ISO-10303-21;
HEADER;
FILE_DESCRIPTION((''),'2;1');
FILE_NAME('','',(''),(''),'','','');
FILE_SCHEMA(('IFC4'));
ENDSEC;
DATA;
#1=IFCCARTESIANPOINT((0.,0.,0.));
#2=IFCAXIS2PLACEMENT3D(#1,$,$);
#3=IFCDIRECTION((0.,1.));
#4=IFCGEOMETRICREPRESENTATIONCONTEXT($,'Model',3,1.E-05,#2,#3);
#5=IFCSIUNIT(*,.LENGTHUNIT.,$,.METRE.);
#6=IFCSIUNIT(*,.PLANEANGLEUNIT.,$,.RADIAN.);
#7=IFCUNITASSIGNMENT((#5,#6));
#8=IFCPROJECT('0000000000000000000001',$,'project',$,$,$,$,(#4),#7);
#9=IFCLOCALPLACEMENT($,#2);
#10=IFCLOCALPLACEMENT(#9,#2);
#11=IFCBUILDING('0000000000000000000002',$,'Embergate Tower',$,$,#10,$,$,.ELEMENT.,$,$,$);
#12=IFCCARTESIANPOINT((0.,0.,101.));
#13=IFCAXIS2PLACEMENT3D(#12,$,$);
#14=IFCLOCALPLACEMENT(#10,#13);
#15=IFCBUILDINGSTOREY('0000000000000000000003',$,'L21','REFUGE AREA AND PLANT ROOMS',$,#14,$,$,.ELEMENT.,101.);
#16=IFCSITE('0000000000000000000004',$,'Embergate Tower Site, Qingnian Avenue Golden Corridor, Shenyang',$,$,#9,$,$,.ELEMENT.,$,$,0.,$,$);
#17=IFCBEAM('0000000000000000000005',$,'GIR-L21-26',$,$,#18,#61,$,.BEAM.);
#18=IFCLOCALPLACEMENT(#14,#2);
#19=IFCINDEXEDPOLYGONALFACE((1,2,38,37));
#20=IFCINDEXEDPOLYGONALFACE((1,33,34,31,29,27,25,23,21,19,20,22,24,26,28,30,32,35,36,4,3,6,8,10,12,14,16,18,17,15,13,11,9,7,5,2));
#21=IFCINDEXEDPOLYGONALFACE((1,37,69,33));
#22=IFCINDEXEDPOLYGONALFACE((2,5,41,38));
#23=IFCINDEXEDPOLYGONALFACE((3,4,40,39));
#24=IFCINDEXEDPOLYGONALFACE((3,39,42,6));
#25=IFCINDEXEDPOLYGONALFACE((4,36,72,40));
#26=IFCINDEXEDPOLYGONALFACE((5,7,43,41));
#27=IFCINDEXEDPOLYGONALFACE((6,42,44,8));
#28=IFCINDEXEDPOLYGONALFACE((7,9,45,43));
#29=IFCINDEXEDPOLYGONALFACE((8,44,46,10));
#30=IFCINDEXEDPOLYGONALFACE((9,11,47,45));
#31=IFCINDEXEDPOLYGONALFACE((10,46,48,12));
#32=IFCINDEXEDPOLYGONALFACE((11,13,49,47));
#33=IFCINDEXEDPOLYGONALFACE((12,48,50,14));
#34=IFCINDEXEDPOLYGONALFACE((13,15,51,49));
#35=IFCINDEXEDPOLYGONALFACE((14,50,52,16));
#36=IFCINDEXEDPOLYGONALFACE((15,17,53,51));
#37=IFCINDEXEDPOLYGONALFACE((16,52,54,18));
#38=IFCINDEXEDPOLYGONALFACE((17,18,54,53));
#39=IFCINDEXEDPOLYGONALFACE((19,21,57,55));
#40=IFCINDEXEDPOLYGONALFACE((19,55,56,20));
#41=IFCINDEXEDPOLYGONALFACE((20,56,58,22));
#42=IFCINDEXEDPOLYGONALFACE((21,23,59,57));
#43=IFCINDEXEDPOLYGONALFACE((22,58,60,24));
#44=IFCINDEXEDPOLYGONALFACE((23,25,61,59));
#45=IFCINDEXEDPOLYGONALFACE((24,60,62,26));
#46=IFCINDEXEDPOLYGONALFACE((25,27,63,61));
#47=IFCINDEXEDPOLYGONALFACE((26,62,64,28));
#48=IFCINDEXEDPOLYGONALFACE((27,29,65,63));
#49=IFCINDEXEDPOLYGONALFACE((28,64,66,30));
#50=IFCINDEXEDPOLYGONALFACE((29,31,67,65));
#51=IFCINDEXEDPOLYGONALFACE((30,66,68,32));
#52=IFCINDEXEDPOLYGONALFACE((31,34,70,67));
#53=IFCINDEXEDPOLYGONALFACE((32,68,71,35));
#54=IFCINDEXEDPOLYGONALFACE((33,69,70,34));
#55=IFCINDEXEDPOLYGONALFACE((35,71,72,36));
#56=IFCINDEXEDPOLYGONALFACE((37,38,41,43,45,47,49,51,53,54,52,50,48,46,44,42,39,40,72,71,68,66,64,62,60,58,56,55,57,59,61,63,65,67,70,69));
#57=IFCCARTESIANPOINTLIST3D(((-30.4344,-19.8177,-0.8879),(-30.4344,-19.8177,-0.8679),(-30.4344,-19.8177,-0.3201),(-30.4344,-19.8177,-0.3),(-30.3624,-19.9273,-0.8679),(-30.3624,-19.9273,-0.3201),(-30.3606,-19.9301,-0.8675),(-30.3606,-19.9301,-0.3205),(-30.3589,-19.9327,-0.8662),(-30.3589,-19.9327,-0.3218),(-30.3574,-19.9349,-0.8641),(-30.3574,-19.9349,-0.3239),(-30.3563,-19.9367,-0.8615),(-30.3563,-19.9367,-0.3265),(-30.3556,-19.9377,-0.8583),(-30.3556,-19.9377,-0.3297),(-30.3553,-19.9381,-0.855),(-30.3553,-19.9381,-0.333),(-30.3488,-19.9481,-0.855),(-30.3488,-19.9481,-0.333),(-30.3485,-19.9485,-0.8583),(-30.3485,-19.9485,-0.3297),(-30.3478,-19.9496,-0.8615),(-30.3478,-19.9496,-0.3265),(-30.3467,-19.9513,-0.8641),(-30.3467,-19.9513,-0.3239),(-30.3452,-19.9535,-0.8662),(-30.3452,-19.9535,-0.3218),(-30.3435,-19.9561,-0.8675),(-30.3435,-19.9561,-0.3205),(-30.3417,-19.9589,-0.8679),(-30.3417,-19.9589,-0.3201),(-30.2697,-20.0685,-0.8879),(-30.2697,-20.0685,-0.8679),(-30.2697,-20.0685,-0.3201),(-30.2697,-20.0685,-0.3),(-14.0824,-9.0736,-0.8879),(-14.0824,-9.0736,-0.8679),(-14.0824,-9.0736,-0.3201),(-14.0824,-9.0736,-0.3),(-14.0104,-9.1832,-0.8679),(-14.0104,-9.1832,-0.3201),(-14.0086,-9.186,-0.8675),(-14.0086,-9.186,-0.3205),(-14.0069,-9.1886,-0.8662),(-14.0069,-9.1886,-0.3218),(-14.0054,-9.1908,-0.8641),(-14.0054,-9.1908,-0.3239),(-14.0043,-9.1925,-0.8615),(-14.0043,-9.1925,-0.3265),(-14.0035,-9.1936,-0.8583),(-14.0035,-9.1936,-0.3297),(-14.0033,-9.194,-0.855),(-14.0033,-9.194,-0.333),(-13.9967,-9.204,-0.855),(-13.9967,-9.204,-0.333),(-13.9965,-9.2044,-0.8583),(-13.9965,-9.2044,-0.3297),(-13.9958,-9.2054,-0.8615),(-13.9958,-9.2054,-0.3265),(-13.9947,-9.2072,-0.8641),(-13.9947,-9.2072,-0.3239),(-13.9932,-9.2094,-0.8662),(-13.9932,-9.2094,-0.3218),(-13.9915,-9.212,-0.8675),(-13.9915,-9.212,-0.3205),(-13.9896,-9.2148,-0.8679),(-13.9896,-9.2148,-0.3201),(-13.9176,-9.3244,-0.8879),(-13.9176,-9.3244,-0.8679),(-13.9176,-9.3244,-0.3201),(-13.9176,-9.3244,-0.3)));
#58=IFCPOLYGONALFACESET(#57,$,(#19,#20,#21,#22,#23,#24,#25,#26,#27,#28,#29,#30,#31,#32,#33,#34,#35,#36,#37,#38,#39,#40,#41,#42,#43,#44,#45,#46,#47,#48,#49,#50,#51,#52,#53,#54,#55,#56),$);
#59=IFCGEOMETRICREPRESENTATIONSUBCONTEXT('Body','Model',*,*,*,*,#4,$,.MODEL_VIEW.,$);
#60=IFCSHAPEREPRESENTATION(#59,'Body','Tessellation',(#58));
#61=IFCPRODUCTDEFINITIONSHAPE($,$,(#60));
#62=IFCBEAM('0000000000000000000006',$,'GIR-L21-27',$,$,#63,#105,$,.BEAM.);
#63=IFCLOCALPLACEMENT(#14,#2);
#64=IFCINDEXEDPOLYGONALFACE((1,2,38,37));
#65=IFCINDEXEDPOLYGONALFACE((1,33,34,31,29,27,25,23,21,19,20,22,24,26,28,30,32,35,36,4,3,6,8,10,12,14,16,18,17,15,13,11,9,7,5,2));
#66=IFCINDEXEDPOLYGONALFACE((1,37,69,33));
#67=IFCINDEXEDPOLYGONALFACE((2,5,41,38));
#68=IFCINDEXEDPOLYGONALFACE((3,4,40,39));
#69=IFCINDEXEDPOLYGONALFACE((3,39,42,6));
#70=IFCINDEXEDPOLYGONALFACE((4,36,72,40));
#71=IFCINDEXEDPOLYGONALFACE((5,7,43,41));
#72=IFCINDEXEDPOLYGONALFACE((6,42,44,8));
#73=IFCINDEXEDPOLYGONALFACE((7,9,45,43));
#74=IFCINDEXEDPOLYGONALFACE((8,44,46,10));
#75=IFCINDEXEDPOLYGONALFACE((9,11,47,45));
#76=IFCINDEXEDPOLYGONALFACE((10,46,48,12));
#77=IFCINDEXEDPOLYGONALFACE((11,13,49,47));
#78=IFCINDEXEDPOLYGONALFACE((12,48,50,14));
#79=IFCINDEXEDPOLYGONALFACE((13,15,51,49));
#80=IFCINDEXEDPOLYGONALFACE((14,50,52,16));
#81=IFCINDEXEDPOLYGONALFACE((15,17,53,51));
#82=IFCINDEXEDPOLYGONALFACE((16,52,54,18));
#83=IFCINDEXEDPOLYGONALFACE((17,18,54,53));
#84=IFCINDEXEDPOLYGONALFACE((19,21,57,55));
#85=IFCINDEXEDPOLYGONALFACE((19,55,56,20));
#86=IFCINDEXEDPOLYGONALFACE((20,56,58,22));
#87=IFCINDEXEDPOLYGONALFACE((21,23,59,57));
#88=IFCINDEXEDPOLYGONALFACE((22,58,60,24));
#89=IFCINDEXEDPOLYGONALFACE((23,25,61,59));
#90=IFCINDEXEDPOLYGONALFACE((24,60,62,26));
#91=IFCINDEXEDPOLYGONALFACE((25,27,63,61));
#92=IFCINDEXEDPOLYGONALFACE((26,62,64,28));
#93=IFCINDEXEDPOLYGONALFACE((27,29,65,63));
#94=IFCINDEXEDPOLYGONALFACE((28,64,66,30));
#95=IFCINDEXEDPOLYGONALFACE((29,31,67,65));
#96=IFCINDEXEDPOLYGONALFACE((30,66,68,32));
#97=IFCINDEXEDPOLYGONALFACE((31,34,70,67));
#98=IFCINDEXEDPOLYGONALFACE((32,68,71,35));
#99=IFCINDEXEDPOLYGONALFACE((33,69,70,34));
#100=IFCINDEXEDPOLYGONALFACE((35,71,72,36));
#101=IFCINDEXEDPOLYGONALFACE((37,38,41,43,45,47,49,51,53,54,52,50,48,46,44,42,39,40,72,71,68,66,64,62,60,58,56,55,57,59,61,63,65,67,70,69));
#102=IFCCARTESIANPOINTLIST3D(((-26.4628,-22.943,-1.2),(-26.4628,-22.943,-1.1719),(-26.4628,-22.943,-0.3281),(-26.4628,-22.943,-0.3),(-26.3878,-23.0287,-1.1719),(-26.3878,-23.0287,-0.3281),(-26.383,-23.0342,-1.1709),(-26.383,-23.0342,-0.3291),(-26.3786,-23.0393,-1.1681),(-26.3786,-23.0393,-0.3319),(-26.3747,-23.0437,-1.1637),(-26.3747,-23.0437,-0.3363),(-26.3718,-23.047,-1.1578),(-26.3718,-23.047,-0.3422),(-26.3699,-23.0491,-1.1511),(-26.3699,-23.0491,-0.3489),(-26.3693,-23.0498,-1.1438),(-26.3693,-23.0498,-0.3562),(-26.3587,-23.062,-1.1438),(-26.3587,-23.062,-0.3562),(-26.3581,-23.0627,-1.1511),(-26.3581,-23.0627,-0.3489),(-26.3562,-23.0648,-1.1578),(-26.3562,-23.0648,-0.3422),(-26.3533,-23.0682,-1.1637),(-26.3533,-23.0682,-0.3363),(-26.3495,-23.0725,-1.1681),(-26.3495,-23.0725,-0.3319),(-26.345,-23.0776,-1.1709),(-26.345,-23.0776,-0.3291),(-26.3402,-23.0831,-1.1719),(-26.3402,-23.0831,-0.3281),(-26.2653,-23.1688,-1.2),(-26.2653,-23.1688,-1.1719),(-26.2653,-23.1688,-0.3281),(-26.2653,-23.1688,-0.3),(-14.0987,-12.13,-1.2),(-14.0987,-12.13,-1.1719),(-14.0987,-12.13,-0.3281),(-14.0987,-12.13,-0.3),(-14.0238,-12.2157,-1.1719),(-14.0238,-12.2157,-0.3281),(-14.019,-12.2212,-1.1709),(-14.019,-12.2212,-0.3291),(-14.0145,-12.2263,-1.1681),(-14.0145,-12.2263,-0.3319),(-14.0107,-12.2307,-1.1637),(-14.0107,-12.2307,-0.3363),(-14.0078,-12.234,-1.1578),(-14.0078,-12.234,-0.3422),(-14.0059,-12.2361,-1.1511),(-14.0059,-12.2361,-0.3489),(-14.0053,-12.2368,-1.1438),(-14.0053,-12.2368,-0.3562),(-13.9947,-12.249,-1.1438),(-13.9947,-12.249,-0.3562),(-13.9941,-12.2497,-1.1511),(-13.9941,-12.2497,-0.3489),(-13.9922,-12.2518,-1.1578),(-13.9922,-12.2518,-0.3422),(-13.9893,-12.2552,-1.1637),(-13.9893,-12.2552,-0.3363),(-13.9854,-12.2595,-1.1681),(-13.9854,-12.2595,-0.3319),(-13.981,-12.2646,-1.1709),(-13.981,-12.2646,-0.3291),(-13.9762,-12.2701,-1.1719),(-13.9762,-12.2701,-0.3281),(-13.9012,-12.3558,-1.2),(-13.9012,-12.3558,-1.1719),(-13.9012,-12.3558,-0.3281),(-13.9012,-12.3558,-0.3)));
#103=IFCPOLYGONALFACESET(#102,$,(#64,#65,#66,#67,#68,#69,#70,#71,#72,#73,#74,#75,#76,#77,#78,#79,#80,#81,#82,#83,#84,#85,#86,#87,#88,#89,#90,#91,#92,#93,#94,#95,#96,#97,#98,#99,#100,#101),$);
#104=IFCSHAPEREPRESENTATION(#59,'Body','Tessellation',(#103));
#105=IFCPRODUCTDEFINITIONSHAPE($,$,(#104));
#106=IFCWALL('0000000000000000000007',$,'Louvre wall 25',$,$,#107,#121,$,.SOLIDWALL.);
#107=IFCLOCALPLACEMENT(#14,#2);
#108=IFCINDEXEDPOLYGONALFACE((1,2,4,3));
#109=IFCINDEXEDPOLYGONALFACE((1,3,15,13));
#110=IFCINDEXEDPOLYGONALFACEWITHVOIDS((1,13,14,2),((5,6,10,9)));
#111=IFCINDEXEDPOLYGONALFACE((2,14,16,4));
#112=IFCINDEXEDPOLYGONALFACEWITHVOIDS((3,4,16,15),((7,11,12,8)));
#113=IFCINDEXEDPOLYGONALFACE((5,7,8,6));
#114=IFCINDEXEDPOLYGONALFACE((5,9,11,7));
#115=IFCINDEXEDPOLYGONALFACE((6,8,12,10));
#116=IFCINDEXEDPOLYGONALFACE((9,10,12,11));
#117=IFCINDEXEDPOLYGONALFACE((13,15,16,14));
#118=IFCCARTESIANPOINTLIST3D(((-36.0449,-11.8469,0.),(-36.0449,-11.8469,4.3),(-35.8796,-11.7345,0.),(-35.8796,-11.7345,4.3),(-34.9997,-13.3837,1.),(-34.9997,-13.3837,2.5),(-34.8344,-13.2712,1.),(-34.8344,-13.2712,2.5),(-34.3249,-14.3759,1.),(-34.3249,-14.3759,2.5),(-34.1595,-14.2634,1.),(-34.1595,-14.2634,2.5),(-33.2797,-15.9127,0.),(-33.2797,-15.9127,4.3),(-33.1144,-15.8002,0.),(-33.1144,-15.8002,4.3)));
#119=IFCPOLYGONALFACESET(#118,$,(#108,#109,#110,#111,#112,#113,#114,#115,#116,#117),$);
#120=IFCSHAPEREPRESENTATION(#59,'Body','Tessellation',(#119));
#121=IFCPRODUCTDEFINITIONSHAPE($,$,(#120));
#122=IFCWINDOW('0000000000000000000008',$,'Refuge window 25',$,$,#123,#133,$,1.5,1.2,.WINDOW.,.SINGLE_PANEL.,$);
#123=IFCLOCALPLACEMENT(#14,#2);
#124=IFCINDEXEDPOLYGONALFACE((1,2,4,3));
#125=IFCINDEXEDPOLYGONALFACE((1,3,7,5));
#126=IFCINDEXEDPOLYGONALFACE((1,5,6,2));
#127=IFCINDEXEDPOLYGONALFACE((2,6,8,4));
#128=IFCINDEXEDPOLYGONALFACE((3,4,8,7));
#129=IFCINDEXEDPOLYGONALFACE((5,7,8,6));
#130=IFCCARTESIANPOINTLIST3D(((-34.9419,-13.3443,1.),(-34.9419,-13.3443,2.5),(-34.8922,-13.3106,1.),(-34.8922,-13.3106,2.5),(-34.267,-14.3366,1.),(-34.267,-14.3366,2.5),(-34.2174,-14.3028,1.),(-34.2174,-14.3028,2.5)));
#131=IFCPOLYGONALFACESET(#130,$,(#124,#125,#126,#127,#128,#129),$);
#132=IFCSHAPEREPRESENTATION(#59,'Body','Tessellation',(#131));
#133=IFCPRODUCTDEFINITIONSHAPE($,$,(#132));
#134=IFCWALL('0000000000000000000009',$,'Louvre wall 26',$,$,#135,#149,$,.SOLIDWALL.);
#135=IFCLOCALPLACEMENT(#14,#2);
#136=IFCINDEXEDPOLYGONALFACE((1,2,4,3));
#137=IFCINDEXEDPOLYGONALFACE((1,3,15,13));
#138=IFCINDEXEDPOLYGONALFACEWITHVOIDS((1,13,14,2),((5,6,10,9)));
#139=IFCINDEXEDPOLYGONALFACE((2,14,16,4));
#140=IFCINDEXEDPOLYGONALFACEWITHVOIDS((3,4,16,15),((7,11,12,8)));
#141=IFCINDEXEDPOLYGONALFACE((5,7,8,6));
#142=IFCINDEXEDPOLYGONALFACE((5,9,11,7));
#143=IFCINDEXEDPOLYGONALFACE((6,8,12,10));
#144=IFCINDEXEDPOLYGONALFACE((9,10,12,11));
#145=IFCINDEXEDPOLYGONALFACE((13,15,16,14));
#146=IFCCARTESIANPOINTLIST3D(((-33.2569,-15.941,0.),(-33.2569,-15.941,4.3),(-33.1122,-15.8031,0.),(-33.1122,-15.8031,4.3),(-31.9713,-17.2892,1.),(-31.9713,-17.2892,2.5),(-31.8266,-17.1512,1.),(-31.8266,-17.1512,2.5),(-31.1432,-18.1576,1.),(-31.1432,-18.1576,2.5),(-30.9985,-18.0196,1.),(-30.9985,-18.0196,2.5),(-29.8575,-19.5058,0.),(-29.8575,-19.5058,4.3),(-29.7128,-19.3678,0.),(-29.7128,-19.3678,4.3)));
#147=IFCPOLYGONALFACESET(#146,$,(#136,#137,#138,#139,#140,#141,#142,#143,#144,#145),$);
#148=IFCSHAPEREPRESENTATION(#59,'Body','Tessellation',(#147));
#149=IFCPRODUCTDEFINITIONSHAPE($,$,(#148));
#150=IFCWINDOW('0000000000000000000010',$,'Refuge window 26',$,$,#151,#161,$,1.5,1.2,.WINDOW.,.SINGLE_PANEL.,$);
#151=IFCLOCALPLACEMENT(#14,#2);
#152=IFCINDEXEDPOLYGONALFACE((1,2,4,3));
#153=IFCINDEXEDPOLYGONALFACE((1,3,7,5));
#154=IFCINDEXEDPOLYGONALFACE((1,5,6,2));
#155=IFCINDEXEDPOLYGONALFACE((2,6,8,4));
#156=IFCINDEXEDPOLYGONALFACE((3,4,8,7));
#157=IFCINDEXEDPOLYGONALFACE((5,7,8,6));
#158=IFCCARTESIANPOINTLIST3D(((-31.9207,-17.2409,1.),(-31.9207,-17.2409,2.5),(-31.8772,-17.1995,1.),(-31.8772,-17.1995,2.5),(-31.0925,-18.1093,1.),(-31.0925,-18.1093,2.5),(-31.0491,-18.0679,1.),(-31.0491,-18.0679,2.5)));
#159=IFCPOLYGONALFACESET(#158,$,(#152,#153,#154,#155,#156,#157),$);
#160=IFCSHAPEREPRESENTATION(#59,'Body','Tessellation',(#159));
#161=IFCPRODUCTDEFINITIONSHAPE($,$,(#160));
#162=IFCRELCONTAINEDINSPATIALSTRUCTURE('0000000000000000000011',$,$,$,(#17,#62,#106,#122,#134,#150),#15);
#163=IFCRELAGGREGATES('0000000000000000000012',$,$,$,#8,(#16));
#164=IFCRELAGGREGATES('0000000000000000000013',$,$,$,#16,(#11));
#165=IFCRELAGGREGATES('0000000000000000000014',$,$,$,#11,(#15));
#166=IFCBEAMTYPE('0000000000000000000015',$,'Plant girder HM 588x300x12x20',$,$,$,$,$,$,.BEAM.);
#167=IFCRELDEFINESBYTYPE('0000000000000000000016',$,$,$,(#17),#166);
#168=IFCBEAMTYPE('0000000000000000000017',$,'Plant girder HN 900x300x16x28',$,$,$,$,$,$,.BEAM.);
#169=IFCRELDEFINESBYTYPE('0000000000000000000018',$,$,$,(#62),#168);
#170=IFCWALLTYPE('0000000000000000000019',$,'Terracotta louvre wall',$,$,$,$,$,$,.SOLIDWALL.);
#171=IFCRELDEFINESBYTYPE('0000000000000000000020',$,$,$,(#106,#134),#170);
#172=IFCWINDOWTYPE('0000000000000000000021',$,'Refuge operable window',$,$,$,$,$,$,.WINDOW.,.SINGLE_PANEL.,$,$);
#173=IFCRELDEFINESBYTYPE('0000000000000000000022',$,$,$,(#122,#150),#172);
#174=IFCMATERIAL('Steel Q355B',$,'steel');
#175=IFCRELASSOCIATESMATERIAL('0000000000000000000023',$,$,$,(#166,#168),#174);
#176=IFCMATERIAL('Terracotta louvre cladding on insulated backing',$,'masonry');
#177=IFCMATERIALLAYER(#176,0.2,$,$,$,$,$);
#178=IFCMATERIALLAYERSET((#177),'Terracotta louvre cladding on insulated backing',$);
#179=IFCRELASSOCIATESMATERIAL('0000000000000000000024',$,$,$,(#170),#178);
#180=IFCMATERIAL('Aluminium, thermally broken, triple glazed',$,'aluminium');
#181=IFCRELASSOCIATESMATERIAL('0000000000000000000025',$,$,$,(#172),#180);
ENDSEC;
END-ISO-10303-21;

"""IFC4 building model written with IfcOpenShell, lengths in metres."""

from ifc_helpers import new_model, si_unit, direction, frame, frame_2d, origin, origin_2d, place, context, subcontext, project, spatial, rectangle, i_section, extrude, source, transform, mapped, material, layer, layer_set, material_profile, profile_set, type_object, element, fill, save


model = new_model("IFC4")

# Units and contexts
model_context = context("Model", 3, precision=1e-05, world=origin(), true_north=direction((0.0, 1.0)))
body_context = subcontext(model_context, "Body", "Model", "MODEL_VIEW")
ifc_project = project(units=[si_unit("LENGTHUNIT", "METRE"), si_unit("PLANEANGLEUNIT", "RADIAN")], contexts=[model_context])

# Site, building, storey
site_placement = place(None, origin())
site = spatial("IfcSite", under=ifc_project, at=site_placement, Name="Embergate Tower Site, Qingnian Avenue Golden Corridor, Shenyang", CompositionType="ELEMENT", RefElevation=0.0)
building_placement = place(site_placement, origin())
building = spatial("IfcBuilding", under=site, at=building_placement, Name="Embergate Tower", CompositionType="ELEMENT")
storey_placement = place(building_placement, frame((0.0, 0.0, 101.0)))
storey = spatial("IfcBuildingStorey", under=building, at=storey_placement, Name="L21", Description="REFUGE AREA AND PLANT ROOMS", CompositionType="ELEMENT", Elevation=101.0)

# Beams
ifc_material_1 = material(Name="Steel Q355B", Category="steel")
ifc_material_profile_1 = material_profile(ifc_material_1, i_section(OverallWidth=0.3, OverallDepth=0.5879, WebThickness=0.012, FlangeThickness=0.02, FilletRadius=0.0129, at=origin_2d()), Name="HM 588x300x12x20")
ifc_profile_set_1 = profile_set([ifc_material_profile_1], Name="Steel Q355 grade B")
beam_type_1 = type_object("IfcBeamType", Name="Plant girder HM 588x300x12x20", PredefinedType="BEAM", material=ifc_profile_set_1)
shared_shape_1 = source(origin(), body_context, "Body", "SweptSolid", [
    extrude(i_section(OverallWidth=0.3, OverallDepth=0.5879, WebThickness=0.012, FlangeThickness=0.02, FilletRadius=0.0129, at=origin_2d()), origin(), (0.0, 0.0, 1.0), 19.5659),
])
beam_1_placement = place(storey_placement, frame((-30.3521, -19.9431, -0.594), z_axis=(0.83574, 0.549125, 0.0), x_axis=(-0.549125, 0.83574, 0.0)))
element("IfcBeam", 1, at=beam_1_placement, inside=storey, type_object=beam_type_1, Name="GIR-L21-26", PredefinedType="BEAM", context=body_context, shape_type="MappedRepresentation", body=[
    mapped(shared_shape_1, transform((0.0, 0.0, 0.0))),
])
ifc_material_profile_2 = material_profile(ifc_material_1, i_section(OverallWidth=0.3, OverallDepth=0.8999, WebThickness=0.0161, FlangeThickness=0.0281, FilletRadius=0.0281, at=origin_2d()), Name="HN 900x300x16x28")
ifc_profile_set_2 = profile_set([ifc_material_profile_2], Name="Steel Q355 grade B")
beam_type_2 = type_object("IfcBeamType", Name="Plant girder HN 900x300x16x28", PredefinedType="BEAM", material=ifc_profile_set_2)
shared_shape_2 = source(origin(), body_context, "Body", "SweptSolid", [
    extrude(i_section(OverallWidth=0.3, OverallDepth=0.8999, WebThickness=0.0161, FlangeThickness=0.0281, FilletRadius=0.0281, at=origin_2d()), origin(), (0.0, 0.0, 1.0), 16.4253),
])
beam_2_placement = place(storey_placement, frame((-26.364, -23.0559, -0.75), z_axis=(0.752743, 0.658314, 0.0), x_axis=(-0.658314, 0.752743, 0.0)))
element("IfcBeam", 2, at=beam_2_placement, inside=storey, type_object=beam_type_2, Name="GIR-L21-27", PredefinedType="BEAM", context=body_context, shape_type="MappedRepresentation", body=[
    mapped(shared_shape_2, transform((0.0, 0.0, 0.0))),
])

# Walls, openings, windows
ifc_material_2 = material(Name="Terracotta louvre cladding on insulated backing", Category="masonry")
ifc_layer_1 = layer(ifc_material_2, 0.2)
ifc_layer_set_1 = layer_set([ifc_layer_1], Name="Terracotta louvre cladding on insulated backing")
wall_type_1 = type_object("IfcWallType", Name="Terracotta louvre wall", PredefinedType="SOLIDWALL", material=ifc_layer_set_1)
shared_shape_3 = source(origin(), body_context, "Body", "SweptSolid", [
    extrude(rectangle(XDim=4.917, YDim=0.2, at=frame_2d((2.4585, 0.0))), origin(), (0.0, 0.0, 1.0), 4.3),
])
wall_1_placement = place(storey_placement, frame((-33.197, -15.8564, 0.0), z_axis=(0.0, 0.0, 1.0), x_axis=(-0.562377, 0.826881, 0.0)))
wall_1 = element("IfcWall", 3, at=wall_1_placement, inside=storey, type_object=wall_type_1, Name="Louvre wall 25", PredefinedType="SOLIDWALL", context=body_context, shape_type="MappedRepresentation", body=[
    mapped(shared_shape_3, transform((0.0, 0.0, 0.0))),
])
shared_shape_4 = source(origin(), body_context, "Body", "SweptSolid", [
    extrude(rectangle(XDim=1.2, YDim=1.5, at=frame_2d((0.6001, 0.75))), frame((0.0, 0.1099, 0.0), z_axis=(0.0, -1.0, 0.0), x_axis=(1.0, 0.0, 0.0)), (0.0, 0.0, 1.0), 0.22),
])
opening_1_placement = place(wall_1_placement, frame((1.8584, 0.0, 1.0)))
opening_1 = element("IfcOpeningElement", 4, at=opening_1_placement, cuts=wall_1, PredefinedType="OPENING", context=body_context, shape_type="MappedRepresentation", body=[
    mapped(shared_shape_4, transform((0.0, 0.0, 0.0))),
])
ifc_material_3 = material(Name="Aluminium, thermally broken, triple glazed", Category="aluminium")
window_type = type_object("IfcWindowType", Name="Refuge operable window", PartitioningType="SINGLE_PANEL", PredefinedType="WINDOW", material=ifc_material_3)
shared_shape_5 = source(origin(), body_context, "Body", "SweptSolid", [
    extrude(rectangle(XDim=1.2, YDim=1.5, at=frame_2d((0.6001, 0.75))), frame((0.0, 0.03, 0.0), z_axis=(0.0, -1.0, 0.0), x_axis=(1.0, 0.0, 0.0)), (0.0, 0.0, 1.0), 0.0601),
])
window_1_placement = place(opening_1_placement, origin())
window_1 = element("IfcWindow", 5, at=window_1_placement, inside=storey, type_object=window_type, Name="Refuge window 25", OverallHeight=1.5, OverallWidth=1.2, PartitioningType="SINGLE_PANEL", PredefinedType="WINDOW", context=body_context, shape_type="MappedRepresentation", body=[
    mapped(shared_shape_5, transform((0.0, 0.0, 0.0))),
])
fill(opening_1, window_1)
shared_shape_6 = source(origin(), body_context, "Body", "SweptSolid", [
    extrude(rectangle(XDim=4.9258, YDim=0.2, at=frame_2d((2.4629, 0.0))), origin(), (0.0, 0.0, 1.0), 4.3),
])
wall_2_placement = place(storey_placement, frame((-29.7852, -19.4368, 0.0), z_axis=(0.0, 0.0, 1.0), x_axis=(-0.69013, 0.723685, 0.0)))
wall_2 = element("IfcWall", 6, at=wall_2_placement, inside=storey, type_object=wall_type_1, Name="Louvre wall 26", PredefinedType="SOLIDWALL", context=body_context, shape_type="MappedRepresentation", body=[
    mapped(shared_shape_6, transform((0.0, 0.0, 0.0))),
])
opening_2_placement = place(wall_2_placement, frame((1.8628, 0.0, 1.0)))
opening_2 = element("IfcOpeningElement", 7, at=opening_2_placement, cuts=wall_2, PredefinedType="OPENING", context=body_context, shape_type="MappedRepresentation", body=[
    mapped(shared_shape_4, transform((0.0, 0.0, 0.0))),
])
window_2_placement = place(opening_2_placement, origin())
window_2 = element("IfcWindow", 8, at=window_2_placement, inside=storey, type_object=window_type, Name="Refuge window 26", OverallHeight=1.5, OverallWidth=1.2, PartitioningType="SINGLE_PANEL", PredefinedType="WINDOW", context=body_context, shape_type="MappedRepresentation", body=[
    mapped(shared_shape_5, transform((0.0, 0.0, 0.0))),
])
fill(opening_2, window_2)

save(model, "model.ifc")
